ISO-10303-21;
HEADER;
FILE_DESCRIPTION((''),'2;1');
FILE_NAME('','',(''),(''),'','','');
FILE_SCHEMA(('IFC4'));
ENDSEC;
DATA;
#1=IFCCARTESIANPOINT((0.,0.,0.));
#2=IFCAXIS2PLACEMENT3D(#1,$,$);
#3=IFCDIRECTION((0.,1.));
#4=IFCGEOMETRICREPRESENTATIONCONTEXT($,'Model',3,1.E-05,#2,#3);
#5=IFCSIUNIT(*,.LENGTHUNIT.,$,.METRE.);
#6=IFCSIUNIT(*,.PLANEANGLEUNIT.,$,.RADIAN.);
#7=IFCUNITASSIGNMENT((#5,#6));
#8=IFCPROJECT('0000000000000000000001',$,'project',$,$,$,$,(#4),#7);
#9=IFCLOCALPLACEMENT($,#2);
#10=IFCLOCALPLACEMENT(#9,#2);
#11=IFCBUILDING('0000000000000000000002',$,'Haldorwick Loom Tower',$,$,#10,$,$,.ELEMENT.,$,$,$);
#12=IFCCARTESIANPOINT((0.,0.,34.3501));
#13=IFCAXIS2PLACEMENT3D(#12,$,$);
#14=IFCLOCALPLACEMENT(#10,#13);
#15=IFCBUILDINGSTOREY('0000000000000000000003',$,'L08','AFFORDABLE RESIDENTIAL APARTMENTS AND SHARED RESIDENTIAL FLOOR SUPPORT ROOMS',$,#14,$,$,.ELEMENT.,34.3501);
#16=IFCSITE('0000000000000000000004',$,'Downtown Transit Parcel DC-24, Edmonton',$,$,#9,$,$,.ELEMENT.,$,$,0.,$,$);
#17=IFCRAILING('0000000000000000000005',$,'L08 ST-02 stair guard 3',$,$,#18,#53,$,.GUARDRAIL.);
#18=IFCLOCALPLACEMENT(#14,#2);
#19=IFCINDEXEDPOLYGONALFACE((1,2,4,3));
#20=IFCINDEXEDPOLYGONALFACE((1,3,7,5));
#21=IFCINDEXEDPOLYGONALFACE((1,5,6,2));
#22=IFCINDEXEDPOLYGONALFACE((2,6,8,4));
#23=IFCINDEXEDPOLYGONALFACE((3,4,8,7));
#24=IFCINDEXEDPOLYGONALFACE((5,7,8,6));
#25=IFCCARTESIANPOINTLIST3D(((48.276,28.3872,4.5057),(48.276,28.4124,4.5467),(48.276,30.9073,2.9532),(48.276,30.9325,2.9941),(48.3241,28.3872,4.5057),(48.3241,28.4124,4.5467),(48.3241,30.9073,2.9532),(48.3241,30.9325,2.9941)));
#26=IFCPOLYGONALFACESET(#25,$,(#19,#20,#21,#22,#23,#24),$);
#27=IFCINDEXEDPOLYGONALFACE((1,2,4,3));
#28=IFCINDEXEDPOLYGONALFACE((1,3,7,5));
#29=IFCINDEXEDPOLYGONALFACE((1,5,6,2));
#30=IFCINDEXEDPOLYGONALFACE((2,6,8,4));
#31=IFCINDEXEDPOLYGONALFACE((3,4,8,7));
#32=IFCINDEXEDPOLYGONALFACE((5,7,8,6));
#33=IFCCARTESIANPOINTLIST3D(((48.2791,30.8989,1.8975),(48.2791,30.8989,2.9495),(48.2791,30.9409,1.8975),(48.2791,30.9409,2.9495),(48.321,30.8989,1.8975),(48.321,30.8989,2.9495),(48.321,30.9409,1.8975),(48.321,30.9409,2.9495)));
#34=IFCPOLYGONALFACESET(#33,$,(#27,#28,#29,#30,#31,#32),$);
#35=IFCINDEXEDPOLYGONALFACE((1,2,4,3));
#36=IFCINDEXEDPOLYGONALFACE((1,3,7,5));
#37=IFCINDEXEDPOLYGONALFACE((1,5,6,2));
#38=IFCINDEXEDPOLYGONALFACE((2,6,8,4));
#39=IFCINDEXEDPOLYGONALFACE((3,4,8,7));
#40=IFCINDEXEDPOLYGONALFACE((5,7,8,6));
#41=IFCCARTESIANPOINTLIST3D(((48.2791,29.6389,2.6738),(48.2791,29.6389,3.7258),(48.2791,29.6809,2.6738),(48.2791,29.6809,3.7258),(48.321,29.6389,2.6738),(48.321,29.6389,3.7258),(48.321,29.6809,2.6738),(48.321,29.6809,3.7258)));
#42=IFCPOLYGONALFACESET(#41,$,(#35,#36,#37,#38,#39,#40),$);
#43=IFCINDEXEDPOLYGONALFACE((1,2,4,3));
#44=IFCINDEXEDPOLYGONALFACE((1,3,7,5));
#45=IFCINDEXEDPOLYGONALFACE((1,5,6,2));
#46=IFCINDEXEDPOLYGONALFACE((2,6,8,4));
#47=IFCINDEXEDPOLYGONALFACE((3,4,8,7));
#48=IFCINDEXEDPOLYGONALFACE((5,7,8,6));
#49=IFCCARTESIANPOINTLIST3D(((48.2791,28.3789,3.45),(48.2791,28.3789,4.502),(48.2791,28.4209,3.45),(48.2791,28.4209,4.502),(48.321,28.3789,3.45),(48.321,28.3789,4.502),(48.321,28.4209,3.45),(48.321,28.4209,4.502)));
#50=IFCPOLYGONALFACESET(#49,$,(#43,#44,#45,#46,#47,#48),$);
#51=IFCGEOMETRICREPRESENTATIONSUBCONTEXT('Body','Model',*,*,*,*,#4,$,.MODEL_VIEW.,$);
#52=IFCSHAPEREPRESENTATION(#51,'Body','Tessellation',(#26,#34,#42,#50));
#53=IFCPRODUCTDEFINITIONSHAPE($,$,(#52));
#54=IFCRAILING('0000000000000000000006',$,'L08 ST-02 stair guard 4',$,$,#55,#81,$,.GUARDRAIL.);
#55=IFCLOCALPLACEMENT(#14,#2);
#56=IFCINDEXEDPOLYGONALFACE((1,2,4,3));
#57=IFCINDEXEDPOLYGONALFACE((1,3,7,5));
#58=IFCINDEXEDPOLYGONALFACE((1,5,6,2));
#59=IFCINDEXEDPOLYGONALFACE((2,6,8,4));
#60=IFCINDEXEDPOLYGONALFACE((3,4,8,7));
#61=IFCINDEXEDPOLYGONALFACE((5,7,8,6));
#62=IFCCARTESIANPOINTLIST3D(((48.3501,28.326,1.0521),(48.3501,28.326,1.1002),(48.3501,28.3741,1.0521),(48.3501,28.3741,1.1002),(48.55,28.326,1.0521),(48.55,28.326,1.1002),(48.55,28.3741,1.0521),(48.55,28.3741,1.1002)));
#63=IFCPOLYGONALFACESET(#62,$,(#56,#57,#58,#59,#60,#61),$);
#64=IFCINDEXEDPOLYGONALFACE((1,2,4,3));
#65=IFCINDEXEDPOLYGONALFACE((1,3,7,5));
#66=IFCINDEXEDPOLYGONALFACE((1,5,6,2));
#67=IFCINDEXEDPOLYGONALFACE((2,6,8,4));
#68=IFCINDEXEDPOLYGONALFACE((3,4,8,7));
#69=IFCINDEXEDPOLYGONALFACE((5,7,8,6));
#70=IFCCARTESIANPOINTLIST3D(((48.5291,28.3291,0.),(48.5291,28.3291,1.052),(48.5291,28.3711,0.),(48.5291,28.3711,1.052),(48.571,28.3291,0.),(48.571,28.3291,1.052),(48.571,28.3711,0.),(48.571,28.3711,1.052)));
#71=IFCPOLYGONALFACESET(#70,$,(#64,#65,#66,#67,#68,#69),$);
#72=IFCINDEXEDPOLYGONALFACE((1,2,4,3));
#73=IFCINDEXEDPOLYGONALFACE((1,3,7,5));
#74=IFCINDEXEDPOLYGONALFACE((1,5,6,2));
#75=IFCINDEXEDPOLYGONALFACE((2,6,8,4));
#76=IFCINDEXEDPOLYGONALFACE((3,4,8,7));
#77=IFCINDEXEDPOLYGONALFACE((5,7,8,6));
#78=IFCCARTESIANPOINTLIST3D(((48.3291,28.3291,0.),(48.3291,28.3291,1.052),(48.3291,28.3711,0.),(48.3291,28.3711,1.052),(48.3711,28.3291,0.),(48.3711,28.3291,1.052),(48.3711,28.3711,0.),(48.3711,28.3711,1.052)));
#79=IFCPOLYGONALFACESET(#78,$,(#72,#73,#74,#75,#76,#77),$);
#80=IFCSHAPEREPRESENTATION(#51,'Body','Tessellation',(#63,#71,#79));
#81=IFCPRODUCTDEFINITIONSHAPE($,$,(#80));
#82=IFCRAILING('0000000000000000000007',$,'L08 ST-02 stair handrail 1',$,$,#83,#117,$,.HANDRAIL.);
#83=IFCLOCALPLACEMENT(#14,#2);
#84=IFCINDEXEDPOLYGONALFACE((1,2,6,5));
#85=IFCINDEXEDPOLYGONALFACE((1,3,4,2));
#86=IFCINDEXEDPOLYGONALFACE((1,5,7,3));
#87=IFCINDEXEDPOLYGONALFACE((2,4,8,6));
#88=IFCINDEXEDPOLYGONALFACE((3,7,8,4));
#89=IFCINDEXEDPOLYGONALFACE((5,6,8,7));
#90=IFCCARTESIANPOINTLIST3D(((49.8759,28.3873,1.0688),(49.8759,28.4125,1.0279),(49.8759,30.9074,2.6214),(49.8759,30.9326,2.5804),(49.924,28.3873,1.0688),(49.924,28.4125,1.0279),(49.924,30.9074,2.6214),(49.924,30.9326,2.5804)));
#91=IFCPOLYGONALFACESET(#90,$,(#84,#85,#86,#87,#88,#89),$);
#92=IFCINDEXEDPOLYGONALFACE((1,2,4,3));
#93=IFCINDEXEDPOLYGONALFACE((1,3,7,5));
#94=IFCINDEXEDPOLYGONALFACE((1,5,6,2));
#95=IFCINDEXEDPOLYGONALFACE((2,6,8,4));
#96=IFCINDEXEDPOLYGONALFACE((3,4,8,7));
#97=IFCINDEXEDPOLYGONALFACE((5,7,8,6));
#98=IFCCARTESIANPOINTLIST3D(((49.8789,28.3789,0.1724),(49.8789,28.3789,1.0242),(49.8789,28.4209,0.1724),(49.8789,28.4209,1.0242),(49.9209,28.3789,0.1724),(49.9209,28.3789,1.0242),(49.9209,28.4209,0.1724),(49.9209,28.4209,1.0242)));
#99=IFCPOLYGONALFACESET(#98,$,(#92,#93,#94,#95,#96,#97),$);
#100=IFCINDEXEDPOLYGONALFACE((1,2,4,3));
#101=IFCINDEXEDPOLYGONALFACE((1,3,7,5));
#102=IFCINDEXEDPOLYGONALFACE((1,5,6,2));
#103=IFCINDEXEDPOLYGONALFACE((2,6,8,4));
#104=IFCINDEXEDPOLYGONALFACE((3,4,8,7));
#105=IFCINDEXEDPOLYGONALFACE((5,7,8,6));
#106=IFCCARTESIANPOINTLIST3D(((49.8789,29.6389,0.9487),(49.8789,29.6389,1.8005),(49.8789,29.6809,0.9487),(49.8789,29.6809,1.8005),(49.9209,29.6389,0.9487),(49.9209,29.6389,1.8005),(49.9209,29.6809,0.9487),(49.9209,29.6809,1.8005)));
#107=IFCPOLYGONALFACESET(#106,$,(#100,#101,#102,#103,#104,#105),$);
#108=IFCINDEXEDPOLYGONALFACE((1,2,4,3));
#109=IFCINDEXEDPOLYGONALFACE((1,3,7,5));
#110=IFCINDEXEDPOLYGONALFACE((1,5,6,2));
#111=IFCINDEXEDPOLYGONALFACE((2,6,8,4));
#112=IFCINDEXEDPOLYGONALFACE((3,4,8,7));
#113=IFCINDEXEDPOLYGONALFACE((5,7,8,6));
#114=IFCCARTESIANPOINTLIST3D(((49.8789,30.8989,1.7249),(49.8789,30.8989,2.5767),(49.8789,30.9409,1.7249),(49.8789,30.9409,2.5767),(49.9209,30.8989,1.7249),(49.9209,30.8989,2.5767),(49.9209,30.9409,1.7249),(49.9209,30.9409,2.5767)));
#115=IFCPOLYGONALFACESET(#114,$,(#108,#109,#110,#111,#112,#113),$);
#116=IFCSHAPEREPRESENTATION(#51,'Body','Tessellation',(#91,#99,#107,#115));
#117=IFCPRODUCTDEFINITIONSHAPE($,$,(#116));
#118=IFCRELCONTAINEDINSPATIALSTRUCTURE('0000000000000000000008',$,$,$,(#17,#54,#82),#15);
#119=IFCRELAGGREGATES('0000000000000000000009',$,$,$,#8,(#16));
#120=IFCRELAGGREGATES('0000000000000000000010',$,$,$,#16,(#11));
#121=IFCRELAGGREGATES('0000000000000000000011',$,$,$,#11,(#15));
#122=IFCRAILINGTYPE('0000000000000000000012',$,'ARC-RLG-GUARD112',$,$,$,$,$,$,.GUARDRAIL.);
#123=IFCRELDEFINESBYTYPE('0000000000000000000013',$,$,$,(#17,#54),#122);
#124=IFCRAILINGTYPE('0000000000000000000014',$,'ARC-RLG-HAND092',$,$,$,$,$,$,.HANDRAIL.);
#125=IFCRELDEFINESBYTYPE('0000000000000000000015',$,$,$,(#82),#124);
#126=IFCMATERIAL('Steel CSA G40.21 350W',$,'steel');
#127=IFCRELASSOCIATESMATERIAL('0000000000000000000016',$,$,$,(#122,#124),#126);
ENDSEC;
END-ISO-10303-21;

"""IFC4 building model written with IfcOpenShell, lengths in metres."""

from ifc_helpers import new_model, si_unit, direction, frame, origin, origin_2d, place, context, subcontext, project, spatial, rectangle, extrude, material, type_object, element, save


model = new_model("IFC4")

# Units and contexts
model_context = context("Model", 3, precision=1e-05, world=origin(), true_north=direction((0.0, 1.0)))
body_context = subcontext(model_context, "Body", "Model", "MODEL_VIEW")
ifc_project = project(units=[si_unit("LENGTHUNIT", "METRE"), si_unit("PLANEANGLEUNIT", "RADIAN")], contexts=[model_context])

# Site, building, storey
site_placement = place(None, origin())
site = spatial("IfcSite", under=ifc_project, at=site_placement, Name="Downtown Transit Parcel DC-24, Edmonton", CompositionType="ELEMENT", RefElevation=0.0)
building_placement = place(site_placement, origin())
building = spatial("IfcBuilding", under=site, at=building_placement, Name="Haldorwick Loom Tower", CompositionType="ELEMENT")
storey_placement = place(building_placement, frame((0.0, 0.0, 34.3501)))
storey = spatial("IfcBuildingStorey", under=building, at=storey_placement, Name="L08", Description="AFFORDABLE RESIDENTIAL APARTMENTS AND SHARED RESIDENTIAL FLOOR SUPPORT ROOMS", CompositionType="ELEMENT", Elevation=34.3501)

# Shared definitions
ifc_material_1 = material(Name="Steel CSA G40.21 350W", Category="steel")

# Railings
railing_type_1 = type_object("IfcRailingType", Name="ARC-RLG-GUARD112", PredefinedType="GUARDRAIL", material=ifc_material_1)
railing_1_placement = place(storey_placement, frame((48.3, 30.9199, 1.8975)))
element("IfcRailing", 1, at=railing_1_placement, inside=storey, type_object=railing_type_1, Name="L08 ST-02 stair guard 3", PredefinedType="GUARDRAIL", context=body_context, shape_type="SweptSolid", body=[
    extrude(rectangle(XDim=0.0481, YDim=0.0481, at=origin_2d()), frame((0.0, 0.0, 1.0762), z_axis=(0.0, -0.8514, 0.524516), x_axis=(1.0, 0.0, 0.0)), (0.0, 0.0, 1.0), 2.96),
    extrude(rectangle(XDim=0.042, YDim=0.042, at=origin_2d()), origin(), (0.0, 0.0, 1.0), 1.052),
    extrude(rectangle(XDim=0.042, YDim=0.042, at=origin_2d()), frame((0.0, -1.26, 0.7764)), (0.0, 0.0, 1.0), 1.052),
    extrude(rectangle(XDim=0.042, YDim=0.042, at=origin_2d()), frame((0.0, -2.52, 1.5525)), (0.0, 0.0, 1.0), 1.052),
])
railing_2_placement = place(storey_placement, frame((48.55, 28.3501, 0.0)))
element("IfcRailing", 2, at=railing_2_placement, inside=storey, type_object=railing_type_1, Name="L08 ST-02 stair guard 4", PredefinedType="GUARDRAIL", context=body_context, shape_type="SweptSolid", body=[
    extrude(rectangle(XDim=0.0481, YDim=0.0481, at=origin_2d()), frame((0.0, 0.0, 1.0762), z_axis=(-1.0, 0.0, 0.0), x_axis=(0.0, -1.0, 0.0)), (0.0, 0.0, 1.0), 0.2),
    extrude(rectangle(XDim=0.042, YDim=0.042, at=origin_2d()), origin(), (0.0, 0.0, 1.0), 1.052),
    extrude(rectangle(XDim=0.042, YDim=0.042, at=origin_2d()), frame((-0.2, 0.0, 0.0)), (0.0, 0.0, 1.0), 1.052),
])
railing_type_2 = type_object("IfcRailingType", Name="ARC-RLG-HAND092", PredefinedType="HANDRAIL", material=ifc_material_1)
railing_3_placement = place(storey_placement, frame((49.8999, 28.3999, 0.1724)))
element("IfcRailing", 3, at=railing_3_placement, inside=storey, type_object=railing_type_2, Name="L08 ST-02 stair handrail 1", PredefinedType="HANDRAIL", context=body_context, shape_type="SweptSolid", body=[
    extrude(rectangle(XDim=0.0481, YDim=0.0481, at=origin_2d()), frame((0.0, 0.0, 0.876), z_axis=(0.0, 0.8514, 0.524516), x_axis=(-1.0, 0.0, 0.0)), (0.0, 0.0, 1.0), 2.96),
    extrude(rectangle(XDim=0.042, YDim=0.042, at=origin_2d()), origin(), (0.0, 0.0, 1.0), 0.8518),
    extrude(rectangle(XDim=0.042, YDim=0.042, at=origin_2d()), frame((0.0, 1.26, 0.7764)), (0.0, 0.0, 1.0), 0.8518),
    extrude(rectangle(XDim=0.042, YDim=0.042, at=origin_2d()), frame((0.0, 2.52, 1.5525)), (0.0, 0.0, 1.0), 0.8518),
])

save(model, "model.ifc")
